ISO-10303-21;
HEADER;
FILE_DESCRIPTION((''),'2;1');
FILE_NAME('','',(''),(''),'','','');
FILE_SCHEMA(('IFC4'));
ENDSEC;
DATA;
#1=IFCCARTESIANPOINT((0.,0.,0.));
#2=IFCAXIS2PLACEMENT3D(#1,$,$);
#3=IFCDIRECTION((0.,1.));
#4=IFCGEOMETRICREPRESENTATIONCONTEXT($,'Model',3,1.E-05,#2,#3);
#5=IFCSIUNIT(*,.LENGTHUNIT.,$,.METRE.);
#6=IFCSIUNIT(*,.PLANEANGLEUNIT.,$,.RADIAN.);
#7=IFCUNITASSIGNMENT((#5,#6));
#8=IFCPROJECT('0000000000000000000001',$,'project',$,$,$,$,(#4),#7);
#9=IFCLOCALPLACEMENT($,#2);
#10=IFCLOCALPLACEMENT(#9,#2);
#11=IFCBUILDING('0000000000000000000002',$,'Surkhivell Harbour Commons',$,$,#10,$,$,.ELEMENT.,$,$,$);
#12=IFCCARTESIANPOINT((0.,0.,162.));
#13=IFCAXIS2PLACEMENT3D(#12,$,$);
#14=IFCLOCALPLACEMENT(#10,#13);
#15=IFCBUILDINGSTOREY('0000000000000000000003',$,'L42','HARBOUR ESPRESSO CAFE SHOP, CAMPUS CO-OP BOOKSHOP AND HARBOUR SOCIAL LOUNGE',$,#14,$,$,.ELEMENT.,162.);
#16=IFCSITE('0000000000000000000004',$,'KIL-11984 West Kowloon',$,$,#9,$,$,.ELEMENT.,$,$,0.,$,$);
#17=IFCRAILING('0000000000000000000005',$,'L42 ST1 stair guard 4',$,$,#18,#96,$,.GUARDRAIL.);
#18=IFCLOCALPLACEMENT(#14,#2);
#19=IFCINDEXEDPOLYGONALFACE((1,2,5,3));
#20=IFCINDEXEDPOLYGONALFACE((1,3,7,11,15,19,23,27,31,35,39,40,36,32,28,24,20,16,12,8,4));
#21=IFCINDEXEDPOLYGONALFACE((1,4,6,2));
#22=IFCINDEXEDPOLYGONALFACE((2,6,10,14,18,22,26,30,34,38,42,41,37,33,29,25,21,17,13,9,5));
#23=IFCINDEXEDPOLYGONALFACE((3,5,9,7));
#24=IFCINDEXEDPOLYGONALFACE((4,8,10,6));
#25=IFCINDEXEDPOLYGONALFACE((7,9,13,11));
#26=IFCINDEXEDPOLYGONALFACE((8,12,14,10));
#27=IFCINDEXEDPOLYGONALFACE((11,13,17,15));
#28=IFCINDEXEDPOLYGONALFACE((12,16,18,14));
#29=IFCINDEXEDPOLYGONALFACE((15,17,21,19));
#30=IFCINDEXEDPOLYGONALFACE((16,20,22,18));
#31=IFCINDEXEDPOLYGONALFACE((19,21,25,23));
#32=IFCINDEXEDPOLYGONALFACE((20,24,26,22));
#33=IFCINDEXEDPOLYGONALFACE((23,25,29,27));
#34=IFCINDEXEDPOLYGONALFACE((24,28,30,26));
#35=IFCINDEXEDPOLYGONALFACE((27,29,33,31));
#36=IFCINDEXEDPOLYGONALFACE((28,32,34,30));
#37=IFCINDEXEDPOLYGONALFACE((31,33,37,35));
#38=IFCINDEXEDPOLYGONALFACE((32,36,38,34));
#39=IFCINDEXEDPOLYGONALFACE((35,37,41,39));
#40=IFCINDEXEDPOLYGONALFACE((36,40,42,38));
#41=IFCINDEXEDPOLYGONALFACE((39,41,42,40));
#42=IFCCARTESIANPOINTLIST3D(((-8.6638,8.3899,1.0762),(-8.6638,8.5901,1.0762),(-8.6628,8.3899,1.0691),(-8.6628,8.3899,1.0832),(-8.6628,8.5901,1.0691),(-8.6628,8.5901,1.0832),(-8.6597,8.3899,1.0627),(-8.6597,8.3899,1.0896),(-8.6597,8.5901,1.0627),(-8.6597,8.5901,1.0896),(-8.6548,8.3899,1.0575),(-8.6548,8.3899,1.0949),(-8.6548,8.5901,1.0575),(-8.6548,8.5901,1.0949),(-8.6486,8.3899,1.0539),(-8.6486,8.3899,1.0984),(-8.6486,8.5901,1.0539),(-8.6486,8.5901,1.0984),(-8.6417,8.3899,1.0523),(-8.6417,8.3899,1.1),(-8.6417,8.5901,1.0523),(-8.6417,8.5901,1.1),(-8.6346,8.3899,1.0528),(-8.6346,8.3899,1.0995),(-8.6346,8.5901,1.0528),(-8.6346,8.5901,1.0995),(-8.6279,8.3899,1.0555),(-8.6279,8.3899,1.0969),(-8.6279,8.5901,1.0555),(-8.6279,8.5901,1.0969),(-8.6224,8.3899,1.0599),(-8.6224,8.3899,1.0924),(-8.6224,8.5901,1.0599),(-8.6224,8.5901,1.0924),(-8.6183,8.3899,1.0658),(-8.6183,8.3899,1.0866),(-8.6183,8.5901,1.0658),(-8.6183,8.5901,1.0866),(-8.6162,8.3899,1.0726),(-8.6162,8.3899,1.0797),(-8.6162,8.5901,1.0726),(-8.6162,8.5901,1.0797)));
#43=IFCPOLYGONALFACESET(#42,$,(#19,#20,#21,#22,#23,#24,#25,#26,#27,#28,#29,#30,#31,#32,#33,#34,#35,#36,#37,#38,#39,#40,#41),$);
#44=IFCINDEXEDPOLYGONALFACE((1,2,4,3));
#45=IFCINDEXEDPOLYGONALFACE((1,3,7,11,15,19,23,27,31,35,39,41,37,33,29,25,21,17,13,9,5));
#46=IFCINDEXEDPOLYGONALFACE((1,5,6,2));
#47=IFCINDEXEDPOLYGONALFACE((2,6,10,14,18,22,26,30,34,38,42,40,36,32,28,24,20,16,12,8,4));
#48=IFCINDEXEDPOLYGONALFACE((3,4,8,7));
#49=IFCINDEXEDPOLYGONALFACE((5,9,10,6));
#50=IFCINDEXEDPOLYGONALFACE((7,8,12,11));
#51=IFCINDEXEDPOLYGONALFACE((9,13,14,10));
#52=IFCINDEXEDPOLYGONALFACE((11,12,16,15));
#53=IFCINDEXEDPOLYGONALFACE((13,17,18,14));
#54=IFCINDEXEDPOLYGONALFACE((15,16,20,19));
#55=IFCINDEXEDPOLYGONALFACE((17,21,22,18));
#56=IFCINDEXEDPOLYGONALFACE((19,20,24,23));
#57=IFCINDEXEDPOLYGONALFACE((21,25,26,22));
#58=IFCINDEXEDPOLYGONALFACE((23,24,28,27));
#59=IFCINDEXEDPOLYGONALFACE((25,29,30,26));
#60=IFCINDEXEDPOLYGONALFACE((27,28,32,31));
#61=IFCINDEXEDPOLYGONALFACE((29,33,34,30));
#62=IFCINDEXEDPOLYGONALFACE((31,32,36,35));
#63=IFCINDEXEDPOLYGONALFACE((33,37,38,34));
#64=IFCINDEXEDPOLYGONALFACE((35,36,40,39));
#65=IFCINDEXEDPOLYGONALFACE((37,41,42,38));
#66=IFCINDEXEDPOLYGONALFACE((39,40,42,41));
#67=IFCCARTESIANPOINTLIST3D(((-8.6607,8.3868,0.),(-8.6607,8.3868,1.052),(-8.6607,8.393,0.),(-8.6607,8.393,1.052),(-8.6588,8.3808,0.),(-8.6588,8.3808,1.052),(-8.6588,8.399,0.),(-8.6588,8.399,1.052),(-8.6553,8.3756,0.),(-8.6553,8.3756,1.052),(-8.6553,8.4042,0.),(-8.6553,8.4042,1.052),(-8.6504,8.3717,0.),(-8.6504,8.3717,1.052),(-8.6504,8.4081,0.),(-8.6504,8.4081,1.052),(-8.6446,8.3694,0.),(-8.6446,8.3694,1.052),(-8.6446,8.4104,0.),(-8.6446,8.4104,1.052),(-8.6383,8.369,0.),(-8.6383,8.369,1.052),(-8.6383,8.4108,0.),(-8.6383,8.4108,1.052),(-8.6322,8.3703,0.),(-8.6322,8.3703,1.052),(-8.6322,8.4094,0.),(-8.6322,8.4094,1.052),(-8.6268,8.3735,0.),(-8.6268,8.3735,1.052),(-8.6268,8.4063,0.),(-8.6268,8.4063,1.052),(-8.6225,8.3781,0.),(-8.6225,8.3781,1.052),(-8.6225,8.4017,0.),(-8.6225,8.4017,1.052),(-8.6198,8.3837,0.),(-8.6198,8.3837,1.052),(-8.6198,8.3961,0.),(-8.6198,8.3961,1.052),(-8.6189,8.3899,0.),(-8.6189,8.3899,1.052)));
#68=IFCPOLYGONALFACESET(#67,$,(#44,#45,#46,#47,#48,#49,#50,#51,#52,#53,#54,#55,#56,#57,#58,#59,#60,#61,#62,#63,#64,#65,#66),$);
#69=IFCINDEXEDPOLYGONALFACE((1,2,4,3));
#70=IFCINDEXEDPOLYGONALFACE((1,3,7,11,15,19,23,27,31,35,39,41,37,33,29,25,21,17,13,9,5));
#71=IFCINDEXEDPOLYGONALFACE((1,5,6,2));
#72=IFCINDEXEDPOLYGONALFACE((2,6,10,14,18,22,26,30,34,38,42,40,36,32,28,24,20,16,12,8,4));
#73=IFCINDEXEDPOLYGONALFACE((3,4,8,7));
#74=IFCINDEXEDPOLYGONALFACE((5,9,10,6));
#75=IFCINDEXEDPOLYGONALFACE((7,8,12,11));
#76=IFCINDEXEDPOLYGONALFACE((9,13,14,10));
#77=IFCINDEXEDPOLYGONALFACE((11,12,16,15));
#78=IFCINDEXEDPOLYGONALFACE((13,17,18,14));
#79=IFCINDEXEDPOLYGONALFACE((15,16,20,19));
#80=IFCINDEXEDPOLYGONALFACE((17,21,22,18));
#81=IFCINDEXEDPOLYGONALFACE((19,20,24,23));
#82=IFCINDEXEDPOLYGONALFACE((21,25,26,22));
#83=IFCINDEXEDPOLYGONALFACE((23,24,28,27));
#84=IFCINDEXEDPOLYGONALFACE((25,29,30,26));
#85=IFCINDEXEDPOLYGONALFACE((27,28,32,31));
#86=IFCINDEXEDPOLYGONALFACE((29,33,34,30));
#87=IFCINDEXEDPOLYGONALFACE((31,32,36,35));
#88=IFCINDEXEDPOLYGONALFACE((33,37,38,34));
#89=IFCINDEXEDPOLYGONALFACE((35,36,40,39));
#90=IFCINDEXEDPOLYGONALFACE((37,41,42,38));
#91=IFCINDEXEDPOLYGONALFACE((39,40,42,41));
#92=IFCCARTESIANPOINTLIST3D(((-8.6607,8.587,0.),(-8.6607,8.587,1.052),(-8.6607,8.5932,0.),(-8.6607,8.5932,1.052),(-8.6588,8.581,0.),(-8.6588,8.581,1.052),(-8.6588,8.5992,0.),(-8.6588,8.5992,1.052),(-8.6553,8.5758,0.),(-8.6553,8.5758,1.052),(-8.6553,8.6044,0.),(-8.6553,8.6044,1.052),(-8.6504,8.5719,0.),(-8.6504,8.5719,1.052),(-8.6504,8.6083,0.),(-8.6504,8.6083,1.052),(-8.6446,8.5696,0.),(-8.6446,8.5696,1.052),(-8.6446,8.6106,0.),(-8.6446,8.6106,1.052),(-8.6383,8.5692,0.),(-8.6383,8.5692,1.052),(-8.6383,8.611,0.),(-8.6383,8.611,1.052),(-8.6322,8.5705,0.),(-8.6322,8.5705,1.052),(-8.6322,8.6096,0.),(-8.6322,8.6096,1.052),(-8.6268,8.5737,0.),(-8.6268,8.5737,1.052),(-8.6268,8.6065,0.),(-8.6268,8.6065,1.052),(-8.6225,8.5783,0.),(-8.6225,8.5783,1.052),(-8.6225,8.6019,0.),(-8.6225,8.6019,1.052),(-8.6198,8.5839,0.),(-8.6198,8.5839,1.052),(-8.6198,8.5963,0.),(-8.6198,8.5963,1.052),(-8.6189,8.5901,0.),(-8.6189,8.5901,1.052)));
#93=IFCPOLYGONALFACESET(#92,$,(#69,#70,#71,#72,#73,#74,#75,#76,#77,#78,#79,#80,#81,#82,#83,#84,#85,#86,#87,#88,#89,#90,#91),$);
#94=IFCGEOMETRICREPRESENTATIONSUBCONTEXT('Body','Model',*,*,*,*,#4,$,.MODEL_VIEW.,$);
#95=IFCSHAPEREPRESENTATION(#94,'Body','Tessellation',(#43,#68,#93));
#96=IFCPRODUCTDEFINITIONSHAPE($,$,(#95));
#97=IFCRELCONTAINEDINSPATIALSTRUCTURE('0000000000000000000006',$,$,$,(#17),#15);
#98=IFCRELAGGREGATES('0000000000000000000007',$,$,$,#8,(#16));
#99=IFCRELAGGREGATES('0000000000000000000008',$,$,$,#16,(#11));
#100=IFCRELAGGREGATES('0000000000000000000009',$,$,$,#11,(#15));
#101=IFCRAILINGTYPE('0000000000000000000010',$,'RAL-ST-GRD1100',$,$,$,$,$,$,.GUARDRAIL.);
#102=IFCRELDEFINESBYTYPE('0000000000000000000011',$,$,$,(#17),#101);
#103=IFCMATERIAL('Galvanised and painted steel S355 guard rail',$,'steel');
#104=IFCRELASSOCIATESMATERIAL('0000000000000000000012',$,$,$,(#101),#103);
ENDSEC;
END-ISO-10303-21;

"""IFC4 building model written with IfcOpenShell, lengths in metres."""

from ifc_helpers import new_model, si_unit, direction, frame, origin, origin_2d, place, context, subcontext, project, spatial, circle, extrude, material, type_object, element, save


model = new_model("IFC4")

# Units and contexts
model_context = context("Model", 3, precision=1e-05, world=origin(), true_north=direction((0.0, 1.0)))
body_context = subcontext(model_context, "Body", "Model", "MODEL_VIEW")
ifc_project = project(units=[si_unit("LENGTHUNIT", "METRE"), si_unit("PLANEANGLEUNIT", "RADIAN")], contexts=[model_context])

# Site, building, storey
site_placement = place(None, origin())
site = spatial("IfcSite", under=ifc_project, at=site_placement, Name="KIL-11984 West Kowloon", CompositionType="ELEMENT", RefElevation=0.0)
building_placement = place(site_placement, origin())
building = spatial("IfcBuilding", under=site, at=building_placement, Name="Surkhivell Harbour Commons", CompositionType="ELEMENT")
storey_placement = place(building_placement, frame((0.0, 0.0, 162.0)))
storey = spatial("IfcBuildingStorey", under=building, at=storey_placement, Name="L42", Description="HARBOUR ESPRESSO CAFE SHOP, CAMPUS CO-OP BOOKSHOP AND HARBOUR SOCIAL LOUNGE", CompositionType="ELEMENT", Elevation=162.0)

# Railing
ifc_material_1 = material(Name="Galvanised and painted steel S355 guard rail", Category="steel")
railing_type_1 = type_object("IfcRailingType", Name="RAL-ST-GRD1100", PredefinedType="GUARDRAIL", material=ifc_material_1)
railing_1_placement = place(storey_placement, frame((-8.6399, 8.3899, 0.0)))
element("IfcRailing", 1, at=railing_1_placement, inside=storey, type_object=railing_type_1, Name="L42 ST1 stair guard 4", PredefinedType="GUARDRAIL", context=body_context, shape_type="SweptSolid", body=[
    extrude(circle(Radius=0.0239, at=origin_2d()), frame((0.0, 0.0, 1.0762), z_axis=(0.0, 1.0, 0.0), x_axis=(-1.0, 0.0, 0.0)), (0.0, 0.0, 1.0), 0.2002),
    extrude(circle(Radius=0.021, at=origin_2d()), origin(), (0.0, 0.0, 1.0), 1.052),
    extrude(circle(Radius=0.021, at=origin_2d()), frame((0.0, 0.2002, 0.0)), (0.0, 0.0, 1.0), 1.052),
])

save(model, "model.ifc")
